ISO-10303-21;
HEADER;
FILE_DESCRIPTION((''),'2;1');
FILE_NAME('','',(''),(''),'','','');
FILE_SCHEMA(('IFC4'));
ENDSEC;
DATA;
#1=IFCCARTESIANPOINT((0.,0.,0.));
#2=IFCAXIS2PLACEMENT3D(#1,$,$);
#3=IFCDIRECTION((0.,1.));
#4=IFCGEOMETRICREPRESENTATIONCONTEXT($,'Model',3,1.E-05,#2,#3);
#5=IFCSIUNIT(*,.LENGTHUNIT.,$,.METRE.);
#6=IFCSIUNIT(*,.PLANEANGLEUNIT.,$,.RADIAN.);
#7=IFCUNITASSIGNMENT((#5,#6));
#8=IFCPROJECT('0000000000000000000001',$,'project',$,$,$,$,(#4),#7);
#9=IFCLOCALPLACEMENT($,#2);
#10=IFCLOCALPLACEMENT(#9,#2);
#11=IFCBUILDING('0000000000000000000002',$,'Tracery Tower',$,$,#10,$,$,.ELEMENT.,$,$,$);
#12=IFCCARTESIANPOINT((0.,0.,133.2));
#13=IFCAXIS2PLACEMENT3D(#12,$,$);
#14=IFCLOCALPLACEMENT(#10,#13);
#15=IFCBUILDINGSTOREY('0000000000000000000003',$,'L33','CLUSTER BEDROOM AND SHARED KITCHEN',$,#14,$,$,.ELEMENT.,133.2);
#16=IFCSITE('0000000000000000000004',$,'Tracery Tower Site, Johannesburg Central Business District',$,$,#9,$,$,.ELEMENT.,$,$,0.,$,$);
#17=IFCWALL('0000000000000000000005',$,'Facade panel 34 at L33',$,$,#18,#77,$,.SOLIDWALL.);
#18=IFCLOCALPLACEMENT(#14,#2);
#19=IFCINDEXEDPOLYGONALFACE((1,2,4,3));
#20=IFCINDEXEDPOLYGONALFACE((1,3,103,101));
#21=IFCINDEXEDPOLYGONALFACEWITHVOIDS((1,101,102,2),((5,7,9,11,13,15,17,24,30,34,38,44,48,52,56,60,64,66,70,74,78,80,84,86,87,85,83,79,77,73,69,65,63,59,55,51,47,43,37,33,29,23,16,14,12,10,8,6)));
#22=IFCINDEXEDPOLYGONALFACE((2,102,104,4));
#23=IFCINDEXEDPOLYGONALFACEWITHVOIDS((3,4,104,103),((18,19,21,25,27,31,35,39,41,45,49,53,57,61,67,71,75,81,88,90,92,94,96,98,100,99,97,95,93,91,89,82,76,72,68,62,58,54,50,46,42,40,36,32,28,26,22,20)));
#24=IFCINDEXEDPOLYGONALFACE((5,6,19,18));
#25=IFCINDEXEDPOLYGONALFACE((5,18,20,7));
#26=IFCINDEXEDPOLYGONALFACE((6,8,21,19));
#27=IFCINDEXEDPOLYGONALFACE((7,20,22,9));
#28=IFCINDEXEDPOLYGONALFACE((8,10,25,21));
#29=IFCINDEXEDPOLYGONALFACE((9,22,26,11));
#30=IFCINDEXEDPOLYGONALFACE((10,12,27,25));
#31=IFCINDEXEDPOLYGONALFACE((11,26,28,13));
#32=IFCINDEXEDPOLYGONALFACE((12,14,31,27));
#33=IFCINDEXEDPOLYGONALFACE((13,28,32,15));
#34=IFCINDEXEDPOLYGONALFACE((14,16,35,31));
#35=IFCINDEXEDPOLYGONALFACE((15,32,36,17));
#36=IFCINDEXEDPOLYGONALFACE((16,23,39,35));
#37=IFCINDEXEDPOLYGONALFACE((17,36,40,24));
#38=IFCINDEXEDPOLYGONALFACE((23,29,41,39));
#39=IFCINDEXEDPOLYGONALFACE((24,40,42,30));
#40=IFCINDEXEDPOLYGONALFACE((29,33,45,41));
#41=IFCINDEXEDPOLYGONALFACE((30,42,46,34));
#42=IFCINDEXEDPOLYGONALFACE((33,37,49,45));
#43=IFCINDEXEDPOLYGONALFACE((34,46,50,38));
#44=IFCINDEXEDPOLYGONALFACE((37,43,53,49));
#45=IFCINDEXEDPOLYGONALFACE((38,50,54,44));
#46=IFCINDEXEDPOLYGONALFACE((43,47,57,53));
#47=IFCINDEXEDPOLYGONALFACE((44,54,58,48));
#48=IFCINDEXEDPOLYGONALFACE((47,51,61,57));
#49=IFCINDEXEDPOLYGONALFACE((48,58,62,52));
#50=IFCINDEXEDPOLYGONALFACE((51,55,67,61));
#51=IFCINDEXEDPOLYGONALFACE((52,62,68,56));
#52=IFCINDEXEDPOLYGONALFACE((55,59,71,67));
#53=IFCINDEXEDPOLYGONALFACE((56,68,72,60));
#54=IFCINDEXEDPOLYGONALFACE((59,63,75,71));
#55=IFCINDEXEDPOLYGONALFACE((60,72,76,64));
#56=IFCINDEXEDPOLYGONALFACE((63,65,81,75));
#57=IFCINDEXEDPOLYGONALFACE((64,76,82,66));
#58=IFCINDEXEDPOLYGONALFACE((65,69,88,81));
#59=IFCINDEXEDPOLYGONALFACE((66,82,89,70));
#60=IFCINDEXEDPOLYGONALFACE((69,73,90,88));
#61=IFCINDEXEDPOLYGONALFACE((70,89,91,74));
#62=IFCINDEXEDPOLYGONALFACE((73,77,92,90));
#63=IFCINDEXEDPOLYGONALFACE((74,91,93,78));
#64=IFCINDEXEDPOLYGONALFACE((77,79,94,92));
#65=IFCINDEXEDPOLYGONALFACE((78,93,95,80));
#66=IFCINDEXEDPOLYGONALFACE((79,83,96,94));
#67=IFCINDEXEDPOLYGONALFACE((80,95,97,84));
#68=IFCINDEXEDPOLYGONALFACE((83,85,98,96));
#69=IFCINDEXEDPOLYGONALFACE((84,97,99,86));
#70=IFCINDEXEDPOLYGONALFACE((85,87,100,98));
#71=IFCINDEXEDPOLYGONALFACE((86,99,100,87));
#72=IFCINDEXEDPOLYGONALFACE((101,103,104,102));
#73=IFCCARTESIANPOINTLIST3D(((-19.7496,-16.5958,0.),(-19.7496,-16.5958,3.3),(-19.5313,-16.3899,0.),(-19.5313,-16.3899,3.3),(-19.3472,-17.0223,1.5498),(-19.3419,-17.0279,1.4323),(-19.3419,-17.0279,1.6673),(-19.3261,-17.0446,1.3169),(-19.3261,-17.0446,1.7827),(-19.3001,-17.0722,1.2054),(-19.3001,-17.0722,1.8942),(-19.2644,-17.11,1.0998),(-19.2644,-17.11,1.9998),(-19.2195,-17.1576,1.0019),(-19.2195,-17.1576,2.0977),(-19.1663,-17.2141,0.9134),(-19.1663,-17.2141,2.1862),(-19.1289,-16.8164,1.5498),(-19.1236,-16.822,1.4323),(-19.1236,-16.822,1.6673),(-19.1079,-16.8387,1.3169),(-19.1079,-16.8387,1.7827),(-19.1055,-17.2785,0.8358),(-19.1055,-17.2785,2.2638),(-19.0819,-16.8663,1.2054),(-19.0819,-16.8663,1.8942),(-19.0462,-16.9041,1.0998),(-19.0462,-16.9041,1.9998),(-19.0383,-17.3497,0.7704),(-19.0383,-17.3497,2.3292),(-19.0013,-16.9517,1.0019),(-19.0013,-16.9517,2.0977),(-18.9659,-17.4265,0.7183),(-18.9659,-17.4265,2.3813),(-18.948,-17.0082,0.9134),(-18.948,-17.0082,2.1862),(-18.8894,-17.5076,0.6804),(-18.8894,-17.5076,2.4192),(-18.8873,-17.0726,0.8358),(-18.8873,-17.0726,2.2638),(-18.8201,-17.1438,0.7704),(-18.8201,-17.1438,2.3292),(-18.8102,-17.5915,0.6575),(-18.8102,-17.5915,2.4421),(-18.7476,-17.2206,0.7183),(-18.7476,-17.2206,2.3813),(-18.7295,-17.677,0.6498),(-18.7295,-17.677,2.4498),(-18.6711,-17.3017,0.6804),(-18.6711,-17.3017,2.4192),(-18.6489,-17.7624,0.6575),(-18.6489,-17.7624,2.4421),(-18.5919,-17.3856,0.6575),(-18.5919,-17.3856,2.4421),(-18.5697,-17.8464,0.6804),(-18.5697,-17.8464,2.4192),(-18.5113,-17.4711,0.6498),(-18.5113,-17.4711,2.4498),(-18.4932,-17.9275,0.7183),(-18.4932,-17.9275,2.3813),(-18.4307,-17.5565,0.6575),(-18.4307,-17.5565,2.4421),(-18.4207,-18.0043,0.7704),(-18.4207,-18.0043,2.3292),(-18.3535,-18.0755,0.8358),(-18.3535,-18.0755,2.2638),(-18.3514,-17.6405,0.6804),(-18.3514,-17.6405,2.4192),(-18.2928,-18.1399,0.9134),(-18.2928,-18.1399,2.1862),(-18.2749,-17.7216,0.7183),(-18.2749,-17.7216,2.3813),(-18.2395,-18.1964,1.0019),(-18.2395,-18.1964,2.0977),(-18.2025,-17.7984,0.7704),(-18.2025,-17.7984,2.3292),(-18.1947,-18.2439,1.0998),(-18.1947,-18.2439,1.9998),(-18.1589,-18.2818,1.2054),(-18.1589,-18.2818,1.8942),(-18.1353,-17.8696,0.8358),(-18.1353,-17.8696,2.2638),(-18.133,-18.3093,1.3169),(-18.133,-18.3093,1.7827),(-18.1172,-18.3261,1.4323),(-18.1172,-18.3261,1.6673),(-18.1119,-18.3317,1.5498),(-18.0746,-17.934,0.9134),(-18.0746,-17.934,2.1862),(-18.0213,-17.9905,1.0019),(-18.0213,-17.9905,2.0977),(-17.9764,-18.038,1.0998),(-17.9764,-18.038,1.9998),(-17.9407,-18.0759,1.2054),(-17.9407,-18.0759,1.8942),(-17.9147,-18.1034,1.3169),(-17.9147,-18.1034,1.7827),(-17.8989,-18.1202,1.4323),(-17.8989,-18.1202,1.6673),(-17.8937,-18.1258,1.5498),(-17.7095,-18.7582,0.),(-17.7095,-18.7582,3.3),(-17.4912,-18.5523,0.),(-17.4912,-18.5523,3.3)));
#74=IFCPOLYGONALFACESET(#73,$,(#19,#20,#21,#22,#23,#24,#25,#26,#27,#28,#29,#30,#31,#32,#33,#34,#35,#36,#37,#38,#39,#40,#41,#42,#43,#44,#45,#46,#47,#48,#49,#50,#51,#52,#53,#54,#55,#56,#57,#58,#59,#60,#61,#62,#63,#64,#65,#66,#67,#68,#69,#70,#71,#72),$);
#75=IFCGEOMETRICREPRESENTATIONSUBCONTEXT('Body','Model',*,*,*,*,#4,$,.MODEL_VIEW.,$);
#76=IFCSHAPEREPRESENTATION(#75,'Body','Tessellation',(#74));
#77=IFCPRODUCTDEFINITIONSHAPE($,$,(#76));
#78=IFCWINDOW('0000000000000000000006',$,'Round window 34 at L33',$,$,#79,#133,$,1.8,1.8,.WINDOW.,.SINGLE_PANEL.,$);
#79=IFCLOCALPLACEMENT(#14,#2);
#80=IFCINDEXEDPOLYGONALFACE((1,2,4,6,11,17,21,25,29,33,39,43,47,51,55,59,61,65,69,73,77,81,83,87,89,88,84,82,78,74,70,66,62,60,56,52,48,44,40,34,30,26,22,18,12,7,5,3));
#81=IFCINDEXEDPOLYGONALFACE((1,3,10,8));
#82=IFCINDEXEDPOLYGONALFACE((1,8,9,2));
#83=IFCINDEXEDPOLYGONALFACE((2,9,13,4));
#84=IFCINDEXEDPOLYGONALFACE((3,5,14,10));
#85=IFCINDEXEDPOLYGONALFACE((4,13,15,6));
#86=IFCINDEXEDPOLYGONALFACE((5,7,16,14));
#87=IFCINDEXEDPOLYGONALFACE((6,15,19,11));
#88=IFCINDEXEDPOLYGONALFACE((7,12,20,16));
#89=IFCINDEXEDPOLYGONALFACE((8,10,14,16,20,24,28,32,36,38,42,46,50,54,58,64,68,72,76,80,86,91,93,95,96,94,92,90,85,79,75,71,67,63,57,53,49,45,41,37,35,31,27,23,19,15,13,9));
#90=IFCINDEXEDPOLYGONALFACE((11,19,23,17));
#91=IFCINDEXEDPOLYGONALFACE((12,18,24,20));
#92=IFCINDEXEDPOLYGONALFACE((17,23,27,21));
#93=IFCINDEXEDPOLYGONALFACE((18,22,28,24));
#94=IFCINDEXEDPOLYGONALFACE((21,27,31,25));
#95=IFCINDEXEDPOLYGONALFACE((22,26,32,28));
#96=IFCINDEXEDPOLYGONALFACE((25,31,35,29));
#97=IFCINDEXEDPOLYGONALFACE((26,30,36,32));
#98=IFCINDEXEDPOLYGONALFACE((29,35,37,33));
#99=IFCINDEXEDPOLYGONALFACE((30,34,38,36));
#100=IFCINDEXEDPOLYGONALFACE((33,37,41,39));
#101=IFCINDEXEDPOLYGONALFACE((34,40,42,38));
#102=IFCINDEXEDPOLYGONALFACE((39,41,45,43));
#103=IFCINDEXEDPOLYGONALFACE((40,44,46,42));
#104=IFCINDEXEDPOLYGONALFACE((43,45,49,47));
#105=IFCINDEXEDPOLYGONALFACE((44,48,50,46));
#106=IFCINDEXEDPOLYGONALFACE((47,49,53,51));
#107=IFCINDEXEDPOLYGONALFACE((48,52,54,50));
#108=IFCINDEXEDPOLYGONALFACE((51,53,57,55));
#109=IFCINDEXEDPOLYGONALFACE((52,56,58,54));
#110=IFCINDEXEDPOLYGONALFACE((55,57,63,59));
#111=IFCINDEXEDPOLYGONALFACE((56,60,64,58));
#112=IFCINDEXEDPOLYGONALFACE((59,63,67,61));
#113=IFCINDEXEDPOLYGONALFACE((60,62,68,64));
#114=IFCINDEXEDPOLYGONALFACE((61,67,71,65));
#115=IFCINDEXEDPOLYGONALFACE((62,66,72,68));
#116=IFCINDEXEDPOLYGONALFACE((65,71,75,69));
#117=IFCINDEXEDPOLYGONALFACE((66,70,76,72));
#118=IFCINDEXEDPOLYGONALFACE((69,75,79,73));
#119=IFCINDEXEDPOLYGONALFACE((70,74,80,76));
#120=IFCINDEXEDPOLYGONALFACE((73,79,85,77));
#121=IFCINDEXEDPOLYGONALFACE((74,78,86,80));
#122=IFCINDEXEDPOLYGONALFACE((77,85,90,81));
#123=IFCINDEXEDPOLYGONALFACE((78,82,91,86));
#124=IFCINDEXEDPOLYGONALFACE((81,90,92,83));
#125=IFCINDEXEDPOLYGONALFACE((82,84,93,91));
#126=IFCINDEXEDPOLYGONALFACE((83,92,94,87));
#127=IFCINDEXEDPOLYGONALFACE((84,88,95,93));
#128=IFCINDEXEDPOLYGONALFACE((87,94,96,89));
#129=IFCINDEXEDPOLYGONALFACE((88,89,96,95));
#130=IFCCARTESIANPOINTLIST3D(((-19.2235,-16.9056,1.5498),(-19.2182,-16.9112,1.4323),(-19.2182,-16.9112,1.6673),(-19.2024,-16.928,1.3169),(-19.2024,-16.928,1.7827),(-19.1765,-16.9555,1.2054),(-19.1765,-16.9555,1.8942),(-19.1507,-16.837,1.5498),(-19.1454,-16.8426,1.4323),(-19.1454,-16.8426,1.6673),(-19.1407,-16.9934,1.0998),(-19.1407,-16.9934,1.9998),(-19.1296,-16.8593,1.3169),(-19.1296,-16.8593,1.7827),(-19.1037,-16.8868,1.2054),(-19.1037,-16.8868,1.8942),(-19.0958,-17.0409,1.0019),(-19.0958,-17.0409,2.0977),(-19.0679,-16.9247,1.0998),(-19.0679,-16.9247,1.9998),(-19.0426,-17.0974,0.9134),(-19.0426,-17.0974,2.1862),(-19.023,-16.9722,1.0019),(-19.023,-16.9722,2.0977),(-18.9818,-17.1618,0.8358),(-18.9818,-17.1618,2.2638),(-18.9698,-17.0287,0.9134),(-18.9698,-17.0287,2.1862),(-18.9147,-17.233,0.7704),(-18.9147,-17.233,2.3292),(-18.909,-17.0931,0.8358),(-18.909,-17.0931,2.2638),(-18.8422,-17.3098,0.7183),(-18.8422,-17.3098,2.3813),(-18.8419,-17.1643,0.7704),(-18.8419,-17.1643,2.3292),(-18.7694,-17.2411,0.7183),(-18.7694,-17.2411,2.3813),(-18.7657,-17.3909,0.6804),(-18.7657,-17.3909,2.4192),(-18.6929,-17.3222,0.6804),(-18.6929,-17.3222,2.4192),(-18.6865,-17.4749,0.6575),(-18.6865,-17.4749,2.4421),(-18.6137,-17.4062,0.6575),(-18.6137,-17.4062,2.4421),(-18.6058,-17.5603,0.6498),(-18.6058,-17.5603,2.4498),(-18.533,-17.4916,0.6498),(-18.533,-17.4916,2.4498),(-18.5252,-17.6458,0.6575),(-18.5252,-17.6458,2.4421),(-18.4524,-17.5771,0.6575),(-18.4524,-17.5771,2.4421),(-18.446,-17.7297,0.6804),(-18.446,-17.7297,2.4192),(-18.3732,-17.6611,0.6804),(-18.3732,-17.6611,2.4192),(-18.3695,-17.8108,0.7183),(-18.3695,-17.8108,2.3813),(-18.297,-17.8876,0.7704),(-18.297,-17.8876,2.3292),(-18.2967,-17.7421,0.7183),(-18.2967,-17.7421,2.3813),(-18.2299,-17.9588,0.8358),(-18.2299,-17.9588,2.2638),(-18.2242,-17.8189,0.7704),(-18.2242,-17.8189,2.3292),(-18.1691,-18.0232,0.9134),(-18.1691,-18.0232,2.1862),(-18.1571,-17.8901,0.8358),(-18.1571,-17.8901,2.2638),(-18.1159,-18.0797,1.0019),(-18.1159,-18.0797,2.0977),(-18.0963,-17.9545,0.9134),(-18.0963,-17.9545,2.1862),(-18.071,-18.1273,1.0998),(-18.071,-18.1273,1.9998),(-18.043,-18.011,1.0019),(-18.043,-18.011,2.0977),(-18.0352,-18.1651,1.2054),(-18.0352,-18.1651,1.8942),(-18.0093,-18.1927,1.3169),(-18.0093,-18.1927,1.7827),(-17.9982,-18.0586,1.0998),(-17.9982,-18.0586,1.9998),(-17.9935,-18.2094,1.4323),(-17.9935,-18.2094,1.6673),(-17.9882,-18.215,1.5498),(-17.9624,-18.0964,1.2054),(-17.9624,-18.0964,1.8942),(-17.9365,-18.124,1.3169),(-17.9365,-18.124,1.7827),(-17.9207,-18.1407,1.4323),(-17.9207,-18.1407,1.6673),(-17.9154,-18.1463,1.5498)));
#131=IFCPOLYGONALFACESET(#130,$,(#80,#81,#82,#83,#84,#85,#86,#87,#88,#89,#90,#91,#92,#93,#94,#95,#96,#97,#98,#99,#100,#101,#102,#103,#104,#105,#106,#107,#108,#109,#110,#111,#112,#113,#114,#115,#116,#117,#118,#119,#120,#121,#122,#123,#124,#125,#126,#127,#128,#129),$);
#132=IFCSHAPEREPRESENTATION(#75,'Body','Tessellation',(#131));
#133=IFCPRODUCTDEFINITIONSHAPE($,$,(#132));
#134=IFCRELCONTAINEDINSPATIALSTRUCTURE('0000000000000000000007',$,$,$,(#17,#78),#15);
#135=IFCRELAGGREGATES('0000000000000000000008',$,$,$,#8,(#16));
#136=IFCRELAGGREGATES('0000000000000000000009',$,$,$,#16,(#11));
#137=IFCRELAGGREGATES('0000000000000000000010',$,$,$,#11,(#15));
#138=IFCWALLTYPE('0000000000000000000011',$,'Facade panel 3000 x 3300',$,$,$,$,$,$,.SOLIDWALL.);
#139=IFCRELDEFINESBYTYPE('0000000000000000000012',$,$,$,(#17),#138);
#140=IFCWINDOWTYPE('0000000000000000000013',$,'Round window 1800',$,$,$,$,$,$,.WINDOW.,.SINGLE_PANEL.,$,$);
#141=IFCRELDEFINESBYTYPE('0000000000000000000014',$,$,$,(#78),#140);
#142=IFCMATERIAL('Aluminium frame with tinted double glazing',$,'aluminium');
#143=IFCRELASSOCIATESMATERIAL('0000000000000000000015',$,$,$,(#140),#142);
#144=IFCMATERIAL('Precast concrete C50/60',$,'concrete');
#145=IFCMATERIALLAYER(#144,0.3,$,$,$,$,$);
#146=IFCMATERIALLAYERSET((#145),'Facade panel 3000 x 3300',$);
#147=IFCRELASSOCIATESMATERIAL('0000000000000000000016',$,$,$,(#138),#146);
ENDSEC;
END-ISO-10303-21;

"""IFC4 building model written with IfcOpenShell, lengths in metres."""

from ifc_helpers import new_model, si_unit, direction, frame, frame_2d, origin, origin_2d, place, context, subcontext, project, spatial, rectangle, circle, extrude, material, layer, layer_set, type_object, element, fill, save


model = new_model("IFC4")

# Units and contexts
model_context = context("Model", 3, precision=1e-05, world=origin(), true_north=direction((0.0, 1.0)))
body_context = subcontext(model_context, "Body", "Model", "MODEL_VIEW")
ifc_project = project(units=[si_unit("LENGTHUNIT", "METRE"), si_unit("PLANEANGLEUNIT", "RADIAN")], contexts=[model_context])

# Site, building, storey
site_placement = place(None, origin())
site = spatial("IfcSite", under=ifc_project, at=site_placement, Name="Tracery Tower Site, Johannesburg Central Business District", CompositionType="ELEMENT", RefElevation=0.0)
building_placement = place(site_placement, origin())
building = spatial("IfcBuilding", under=site, at=building_placement, Name="Tracery Tower", CompositionType="ELEMENT")
storey_placement = place(building_placement, frame((0.0, 0.0, 133.2)))
storey = spatial("IfcBuildingStorey", under=building, at=storey_placement, Name="L33", Description="CLUSTER BEDROOM AND SHARED KITCHEN", CompositionType="ELEMENT", Elevation=133.2)

# Wall, opening, window
ifc_material_1 = material(Name="Aluminium frame with tinted double glazing", Category="aluminium")
window_type = type_object("IfcWindowType", Name="Round window 1800", PartitioningType="SINGLE_PANEL", PredefinedType="WINDOW", material=ifc_material_1)
ifc_material_2 = material(Name="Precast concrete C50/60", Category="concrete")
ifc_layer_1 = layer(ifc_material_2, 0.3)
ifc_layer_set_1 = layer_set([ifc_layer_1], Name="Facade panel 3000 x 3300")
wall_type_1 = type_object("IfcWallType", Name="Facade panel 3000 x 3300", PredefinedType="SOLIDWALL", material=ifc_layer_set_1)
wall_1_placement = place(storey_placement, frame((-19.6404, -16.4929, 0.0), z_axis=(0.0, 0.0, 1.0), x_axis=(0.686235, -0.72738, 0.0)))
wall_1 = element("IfcWall", 1, at=wall_1_placement, inside=storey, type_object=wall_type_1, Name="Facade panel 34 at L33", PredefinedType="SOLIDWALL", context=body_context, shape_type="SweptSolid", body=[
    extrude(rectangle(XDim=2.9729, YDim=0.3, at=frame_2d((1.4863, 0.0))), origin(), (0.0, 0.0, 1.0), 3.3),
])
opening_1_placement = place(wall_1_placement, frame((1.4863, 0.0, 1.5498)))
opening_1 = element("IfcOpeningElement", 2, at=opening_1_placement, cuts=wall_1, PredefinedType="OPENING", context=body_context, shape_type="SweptSolid", body=[
    extrude(circle(Radius=0.9, at=origin_2d()), frame((0.0, 0.1599, 0.0), z_axis=(0.0, -1.0, 0.0), x_axis=(1.0, 0.0, 0.0)), (0.0, 0.0, 1.0), 0.3201),
])
window_1_placement = place(opening_1_placement, origin())
window_1 = element("IfcWindow", 3, at=window_1_placement, inside=storey, type_object=window_type, Name="Round window 34 at L33", OverallHeight=1.8, OverallWidth=1.8, PartitioningType="SINGLE_PANEL", PredefinedType="WINDOW", context=body_context, shape_type="SweptSolid", body=[
    extrude(circle(Radius=0.9, at=origin_2d()), frame((0.0, 0.1201, 0.0), z_axis=(0.0, -1.0, 0.0), x_axis=(1.0, 0.0, 0.0)), (0.0, 0.0, 1.0), 0.1001),
])
fill(opening_1, window_1)

save(model, "model.ifc")
